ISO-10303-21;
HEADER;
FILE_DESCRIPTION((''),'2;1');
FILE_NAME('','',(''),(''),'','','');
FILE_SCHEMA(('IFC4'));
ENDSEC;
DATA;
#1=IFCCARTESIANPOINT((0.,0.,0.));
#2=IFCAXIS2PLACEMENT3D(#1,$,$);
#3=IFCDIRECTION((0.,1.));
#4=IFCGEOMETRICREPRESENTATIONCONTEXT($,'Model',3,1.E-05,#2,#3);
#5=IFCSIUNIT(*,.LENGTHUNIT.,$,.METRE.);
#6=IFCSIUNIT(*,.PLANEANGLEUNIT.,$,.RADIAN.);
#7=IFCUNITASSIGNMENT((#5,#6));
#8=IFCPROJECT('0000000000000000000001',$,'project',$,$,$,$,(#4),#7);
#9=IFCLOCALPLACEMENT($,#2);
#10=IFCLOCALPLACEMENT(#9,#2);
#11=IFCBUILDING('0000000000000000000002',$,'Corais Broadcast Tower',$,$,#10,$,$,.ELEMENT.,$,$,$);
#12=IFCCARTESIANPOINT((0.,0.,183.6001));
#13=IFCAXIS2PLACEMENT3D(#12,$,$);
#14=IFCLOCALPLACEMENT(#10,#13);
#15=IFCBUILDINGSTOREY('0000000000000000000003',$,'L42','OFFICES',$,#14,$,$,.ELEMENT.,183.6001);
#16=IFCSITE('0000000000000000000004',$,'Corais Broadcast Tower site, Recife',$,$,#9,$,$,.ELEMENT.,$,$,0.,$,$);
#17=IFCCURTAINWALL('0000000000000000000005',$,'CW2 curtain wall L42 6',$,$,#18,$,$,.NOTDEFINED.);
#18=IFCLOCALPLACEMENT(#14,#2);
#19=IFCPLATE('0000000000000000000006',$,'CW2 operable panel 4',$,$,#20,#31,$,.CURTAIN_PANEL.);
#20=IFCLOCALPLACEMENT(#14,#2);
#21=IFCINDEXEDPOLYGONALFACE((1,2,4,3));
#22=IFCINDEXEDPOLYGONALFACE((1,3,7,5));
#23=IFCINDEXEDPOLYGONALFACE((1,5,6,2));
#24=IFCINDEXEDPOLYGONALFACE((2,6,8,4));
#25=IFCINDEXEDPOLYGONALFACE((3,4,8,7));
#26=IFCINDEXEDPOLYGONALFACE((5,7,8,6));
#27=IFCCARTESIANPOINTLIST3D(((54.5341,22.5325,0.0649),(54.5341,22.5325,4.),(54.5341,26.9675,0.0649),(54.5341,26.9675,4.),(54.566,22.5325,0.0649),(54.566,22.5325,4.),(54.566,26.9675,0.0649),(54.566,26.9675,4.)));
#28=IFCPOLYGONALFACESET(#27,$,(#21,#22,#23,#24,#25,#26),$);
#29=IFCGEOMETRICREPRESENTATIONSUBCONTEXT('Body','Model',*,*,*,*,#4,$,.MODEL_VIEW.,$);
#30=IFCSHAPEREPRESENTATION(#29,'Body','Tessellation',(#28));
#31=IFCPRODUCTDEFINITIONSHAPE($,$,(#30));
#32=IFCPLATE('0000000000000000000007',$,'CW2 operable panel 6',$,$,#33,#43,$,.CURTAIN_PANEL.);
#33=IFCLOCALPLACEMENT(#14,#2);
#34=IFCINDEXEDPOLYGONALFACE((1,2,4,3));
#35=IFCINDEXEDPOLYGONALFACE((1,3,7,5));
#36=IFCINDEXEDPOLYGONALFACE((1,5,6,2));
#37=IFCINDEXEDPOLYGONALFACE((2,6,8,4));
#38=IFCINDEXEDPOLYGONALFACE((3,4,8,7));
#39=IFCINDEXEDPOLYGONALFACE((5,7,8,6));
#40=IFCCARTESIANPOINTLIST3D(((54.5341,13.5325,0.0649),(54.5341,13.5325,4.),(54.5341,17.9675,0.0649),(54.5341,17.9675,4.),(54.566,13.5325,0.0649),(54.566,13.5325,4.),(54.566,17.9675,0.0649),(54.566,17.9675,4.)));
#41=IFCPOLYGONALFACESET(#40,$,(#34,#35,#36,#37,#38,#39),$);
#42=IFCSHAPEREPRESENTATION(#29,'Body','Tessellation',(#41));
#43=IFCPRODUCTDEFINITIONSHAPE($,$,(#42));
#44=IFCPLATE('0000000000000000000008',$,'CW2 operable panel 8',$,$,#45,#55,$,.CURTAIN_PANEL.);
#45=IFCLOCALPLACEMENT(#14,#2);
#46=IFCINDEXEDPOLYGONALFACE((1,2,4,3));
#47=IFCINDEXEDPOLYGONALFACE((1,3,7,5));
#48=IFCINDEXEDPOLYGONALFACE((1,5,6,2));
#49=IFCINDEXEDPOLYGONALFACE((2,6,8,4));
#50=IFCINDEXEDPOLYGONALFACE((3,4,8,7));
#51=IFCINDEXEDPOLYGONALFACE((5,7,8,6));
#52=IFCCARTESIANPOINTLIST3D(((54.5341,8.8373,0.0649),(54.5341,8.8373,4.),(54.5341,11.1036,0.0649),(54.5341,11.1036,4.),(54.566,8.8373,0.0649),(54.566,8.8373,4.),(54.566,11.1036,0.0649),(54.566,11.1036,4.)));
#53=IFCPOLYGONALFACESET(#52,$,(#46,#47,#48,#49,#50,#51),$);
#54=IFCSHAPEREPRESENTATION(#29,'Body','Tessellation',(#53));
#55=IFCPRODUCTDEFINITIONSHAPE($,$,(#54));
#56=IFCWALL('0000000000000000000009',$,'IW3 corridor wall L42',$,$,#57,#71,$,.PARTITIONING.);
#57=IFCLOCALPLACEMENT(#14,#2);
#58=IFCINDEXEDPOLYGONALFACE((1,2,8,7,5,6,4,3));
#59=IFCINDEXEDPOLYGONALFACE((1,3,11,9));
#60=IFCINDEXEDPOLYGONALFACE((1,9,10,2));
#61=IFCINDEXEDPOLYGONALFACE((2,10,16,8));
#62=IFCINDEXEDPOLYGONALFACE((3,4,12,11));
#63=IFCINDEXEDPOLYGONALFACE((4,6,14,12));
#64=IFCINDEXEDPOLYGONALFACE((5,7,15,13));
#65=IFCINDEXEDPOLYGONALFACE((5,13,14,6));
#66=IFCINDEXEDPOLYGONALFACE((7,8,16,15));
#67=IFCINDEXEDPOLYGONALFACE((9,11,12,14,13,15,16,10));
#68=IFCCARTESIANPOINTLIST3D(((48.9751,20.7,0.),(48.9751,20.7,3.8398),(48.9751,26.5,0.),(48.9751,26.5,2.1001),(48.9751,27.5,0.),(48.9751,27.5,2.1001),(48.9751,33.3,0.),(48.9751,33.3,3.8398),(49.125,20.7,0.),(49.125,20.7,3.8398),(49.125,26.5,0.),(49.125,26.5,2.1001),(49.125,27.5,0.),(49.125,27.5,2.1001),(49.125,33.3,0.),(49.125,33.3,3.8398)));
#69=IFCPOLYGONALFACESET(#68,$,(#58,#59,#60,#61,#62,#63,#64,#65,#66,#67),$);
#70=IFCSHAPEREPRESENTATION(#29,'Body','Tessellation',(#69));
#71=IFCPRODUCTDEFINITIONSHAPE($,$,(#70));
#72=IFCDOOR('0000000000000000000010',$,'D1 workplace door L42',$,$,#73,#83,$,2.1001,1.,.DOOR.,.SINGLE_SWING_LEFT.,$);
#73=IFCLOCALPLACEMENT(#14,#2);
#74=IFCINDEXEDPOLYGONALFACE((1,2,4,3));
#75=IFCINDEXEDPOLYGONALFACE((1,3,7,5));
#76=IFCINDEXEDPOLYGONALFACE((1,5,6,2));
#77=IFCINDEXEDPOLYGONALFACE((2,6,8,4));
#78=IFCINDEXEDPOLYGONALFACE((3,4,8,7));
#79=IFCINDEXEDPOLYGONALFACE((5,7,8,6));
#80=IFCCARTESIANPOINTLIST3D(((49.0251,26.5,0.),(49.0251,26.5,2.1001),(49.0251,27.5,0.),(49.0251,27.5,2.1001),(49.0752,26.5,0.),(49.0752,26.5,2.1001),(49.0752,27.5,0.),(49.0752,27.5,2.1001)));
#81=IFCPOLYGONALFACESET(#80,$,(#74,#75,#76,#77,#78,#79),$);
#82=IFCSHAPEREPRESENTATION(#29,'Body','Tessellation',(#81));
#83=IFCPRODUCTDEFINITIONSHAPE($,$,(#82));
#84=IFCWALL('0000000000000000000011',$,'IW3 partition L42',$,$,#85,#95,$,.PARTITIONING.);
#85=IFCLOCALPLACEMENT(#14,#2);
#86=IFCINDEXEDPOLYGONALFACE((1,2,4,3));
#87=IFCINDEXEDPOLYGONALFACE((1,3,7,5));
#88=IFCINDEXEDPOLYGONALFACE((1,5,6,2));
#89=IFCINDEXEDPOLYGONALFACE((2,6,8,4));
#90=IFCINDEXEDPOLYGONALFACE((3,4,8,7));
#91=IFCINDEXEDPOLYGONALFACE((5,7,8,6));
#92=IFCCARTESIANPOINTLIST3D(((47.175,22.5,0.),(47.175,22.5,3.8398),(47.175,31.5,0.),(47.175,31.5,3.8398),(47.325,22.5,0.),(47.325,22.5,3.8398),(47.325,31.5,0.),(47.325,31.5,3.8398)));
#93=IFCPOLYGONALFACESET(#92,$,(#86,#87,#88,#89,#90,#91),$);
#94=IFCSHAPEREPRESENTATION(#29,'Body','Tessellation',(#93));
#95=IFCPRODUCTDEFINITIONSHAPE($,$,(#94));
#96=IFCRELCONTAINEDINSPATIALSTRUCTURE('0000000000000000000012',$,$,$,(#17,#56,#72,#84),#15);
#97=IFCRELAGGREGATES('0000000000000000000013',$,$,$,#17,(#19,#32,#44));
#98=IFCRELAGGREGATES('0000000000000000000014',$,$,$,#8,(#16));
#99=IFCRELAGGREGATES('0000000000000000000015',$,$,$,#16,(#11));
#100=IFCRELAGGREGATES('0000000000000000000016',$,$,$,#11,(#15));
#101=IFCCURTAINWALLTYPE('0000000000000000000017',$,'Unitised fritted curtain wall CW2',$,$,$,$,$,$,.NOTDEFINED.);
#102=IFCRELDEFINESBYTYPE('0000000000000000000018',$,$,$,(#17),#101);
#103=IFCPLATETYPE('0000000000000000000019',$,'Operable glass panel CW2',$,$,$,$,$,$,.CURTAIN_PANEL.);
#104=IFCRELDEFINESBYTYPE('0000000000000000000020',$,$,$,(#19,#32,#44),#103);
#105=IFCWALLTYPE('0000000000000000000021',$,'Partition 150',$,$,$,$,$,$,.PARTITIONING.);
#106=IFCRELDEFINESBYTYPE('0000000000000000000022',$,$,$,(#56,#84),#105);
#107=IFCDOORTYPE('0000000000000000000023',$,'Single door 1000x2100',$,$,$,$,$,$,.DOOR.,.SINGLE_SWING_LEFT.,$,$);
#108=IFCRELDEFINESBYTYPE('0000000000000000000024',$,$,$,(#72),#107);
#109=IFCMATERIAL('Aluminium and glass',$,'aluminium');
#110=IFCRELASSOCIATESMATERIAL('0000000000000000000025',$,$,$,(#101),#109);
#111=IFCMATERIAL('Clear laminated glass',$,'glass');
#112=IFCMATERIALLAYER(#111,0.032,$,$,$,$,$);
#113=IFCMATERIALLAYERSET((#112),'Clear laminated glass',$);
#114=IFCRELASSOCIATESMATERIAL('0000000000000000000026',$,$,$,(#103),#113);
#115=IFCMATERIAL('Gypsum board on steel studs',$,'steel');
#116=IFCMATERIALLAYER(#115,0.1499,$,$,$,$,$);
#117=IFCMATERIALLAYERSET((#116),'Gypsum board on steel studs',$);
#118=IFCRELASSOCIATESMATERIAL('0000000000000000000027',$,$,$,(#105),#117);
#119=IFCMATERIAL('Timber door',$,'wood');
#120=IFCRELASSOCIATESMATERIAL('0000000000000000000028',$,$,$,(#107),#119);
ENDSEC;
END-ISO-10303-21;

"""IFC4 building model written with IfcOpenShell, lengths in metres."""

from ifc_helpers import new_model, si_unit, direction, frame, frame_2d, origin, origin_2d, place, context, subcontext, project, spatial, rectangle, extrude, material, layer, layer_set, type_object, element, fill, aggregate, save


model = new_model("IFC4")

# Units and contexts
model_context = context("Model", 3, precision=1e-05, world=origin(), true_north=direction((0.0, 1.0)))
body_context = subcontext(model_context, "Body", "Model", "MODEL_VIEW")
ifc_project = project(units=[si_unit("LENGTHUNIT", "METRE"), si_unit("PLANEANGLEUNIT", "RADIAN")], contexts=[model_context])

# Site, building, storey
site_placement = place(None, origin())
site = spatial("IfcSite", under=ifc_project, at=site_placement, Name="Corais Broadcast Tower site, Recife", CompositionType="ELEMENT", RefElevation=0.0)
building_placement = place(site_placement, origin())
building = spatial("IfcBuilding", under=site, at=building_placement, Name="Corais Broadcast Tower", CompositionType="ELEMENT")
storey_placement = place(building_placement, frame((0.0, 0.0, 183.6001)))
storey = spatial("IfcBuildingStorey", under=building, at=storey_placement, Name="L42", Description="OFFICES", CompositionType="ELEMENT", Elevation=183.6001)

# Curtain wall
ifc_material_1 = material(Name="Aluminium and glass", Category="aluminium")
curtain_wall_type = type_object("IfcCurtainWallType", Name="Unitised fritted curtain wall CW2", PredefinedType="NOTDEFINED", material=ifc_material_1)
curtain_wall_placement = place(storey_placement, origin())
curtain_wall = element("IfcCurtainWall", 1, at=curtain_wall_placement, inside=storey, type_object=curtain_wall_type, Name="CW2 curtain wall L42 6", PredefinedType="NOTDEFINED")

# Plates
ifc_material_2 = material(Name="Clear laminated glass", Category="glass")
ifc_layer_1 = layer(ifc_material_2, 0.032)
ifc_layer_set_1 = layer_set([ifc_layer_1], Name="Clear laminated glass")
plate_type_1 = type_object("IfcPlateType", Name="Operable glass panel CW2", PredefinedType="CURTAIN_PANEL", material=ifc_layer_set_1)
plate_1_placement = place(storey_placement, frame((54.55, 24.75, 0.0649), z_axis=(0.0, 0.0, 1.0), x_axis=(0.0, -1.0, 0.0)))
plate_1 = element("IfcPlate", 2, at=plate_1_placement, type_object=plate_type_1, Name="CW2 operable panel 4", PredefinedType="CURTAIN_PANEL", context=body_context, shape_type="SweptSolid", body=[
    extrude(rectangle(XDim=4.4351, YDim=0.032, at=origin_2d()), origin(), (0.0, 0.0, 1.0), 3.9351),
])
plate_2_placement = place(storey_placement, frame((54.55, 15.75, 0.0649), z_axis=(0.0, 0.0, 1.0), x_axis=(0.0, -1.0, 0.0)))
plate_2 = element("IfcPlate", 3, at=plate_2_placement, type_object=plate_type_1, Name="CW2 operable panel 6", PredefinedType="CURTAIN_PANEL", context=body_context, shape_type="SweptSolid", body=[
    extrude(rectangle(XDim=4.4351, YDim=0.032, at=origin_2d()), origin(), (0.0, 0.0, 1.0), 3.9351),
])
plate_3_placement = place(storey_placement, frame((54.55, 9.9705, 0.0649), z_axis=(0.0, 0.0, 1.0), x_axis=(0.0, -1.0, 0.0)))
plate_3 = element("IfcPlate", 4, at=plate_3_placement, type_object=plate_type_1, Name="CW2 operable panel 8", PredefinedType="CURTAIN_PANEL", context=body_context, shape_type="SweptSolid", body=[
    extrude(rectangle(XDim=2.2664, YDim=0.032, at=origin_2d()), origin(), (0.0, 0.0, 1.0), 3.9351),
])
aggregate(curtain_wall, [plate_1, plate_2, plate_3])

# Wall, opening, door
ifc_material_3 = material(Name="Gypsum board on steel studs", Category="steel")
ifc_layer_2 = layer(ifc_material_3, 0.1499)
ifc_layer_set_2 = layer_set([ifc_layer_2], Name="Gypsum board on steel studs")
wall_type = type_object("IfcWallType", Name="Partition 150", PredefinedType="PARTITIONING", material=ifc_layer_set_2)
wall_1_placement = place(storey_placement, frame((49.05, 20.7, 0.0), z_axis=(0.0, 0.0, 1.0), x_axis=(0.0, 1.0, 0.0)))
wall_1 = element("IfcWall", 5, at=wall_1_placement, inside=storey, type_object=wall_type, Name="IW3 corridor wall L42", PredefinedType="PARTITIONING", context=body_context, shape_type="SweptSolid", body=[
    extrude(rectangle(XDim=12.6001, YDim=0.1499, at=frame_2d((6.3, 0.0))), origin(), (0.0, 0.0, 1.0), 3.8398),
])
opening_placement = place(wall_1_placement, frame((5.8, 0.0, 0.0)))
opening = element("IfcOpeningElement", 6, at=opening_placement, cuts=wall_1, PredefinedType="OPENING", context=body_context, shape_type="SweptSolid", body=[
    extrude(rectangle(XDim=1.0, YDim=2.1001, at=frame_2d((0.5, 1.05))), frame((0.0, 0.085, 0.0), z_axis=(0.0, -1.0, 0.0), x_axis=(1.0, 0.0, 0.0)), (0.0, 0.0, 1.0), 0.1699),
])
ifc_material_4 = material(Name="Timber door", Category="wood")
door_type = type_object("IfcDoorType", Name="Single door 1000x2100", OperationType="SINGLE_SWING_LEFT", PredefinedType="DOOR", material=ifc_material_4)
door_placement = place(opening_placement, origin())
door = element("IfcDoor", 7, at=door_placement, inside=storey, type_object=door_type, Name="D1 workplace door L42", OperationType="SINGLE_SWING_LEFT", OverallHeight=2.1001, OverallWidth=1.0, PredefinedType="DOOR", context=body_context, shape_type="SweptSolid", body=[
    extrude(rectangle(XDim=1.0, YDim=2.1001, at=frame_2d((0.5, 1.05))), frame((0.0, 0.0249, 0.0), z_axis=(0.0, -1.0, 0.0), x_axis=(1.0, 0.0, 0.0)), (0.0, 0.0, 1.0), 0.05),
])
fill(opening, door)

# Wall
wall_2_placement = place(storey_placement, frame((47.25, 22.5, 0.0), z_axis=(0.0, 0.0, 1.0), x_axis=(0.0, 1.0, 0.0)))
element("IfcWall", 8, at=wall_2_placement, inside=storey, type_object=wall_type, Name="IW3 partition L42", PredefinedType="PARTITIONING", context=body_context, shape_type="SweptSolid", body=[
    extrude(rectangle(XDim=9.0, YDim=0.1499, at=frame_2d((4.5, 0.0))), origin(), (0.0, 0.0, 1.0), 3.8398),
])

save(model, "model.ifc")
